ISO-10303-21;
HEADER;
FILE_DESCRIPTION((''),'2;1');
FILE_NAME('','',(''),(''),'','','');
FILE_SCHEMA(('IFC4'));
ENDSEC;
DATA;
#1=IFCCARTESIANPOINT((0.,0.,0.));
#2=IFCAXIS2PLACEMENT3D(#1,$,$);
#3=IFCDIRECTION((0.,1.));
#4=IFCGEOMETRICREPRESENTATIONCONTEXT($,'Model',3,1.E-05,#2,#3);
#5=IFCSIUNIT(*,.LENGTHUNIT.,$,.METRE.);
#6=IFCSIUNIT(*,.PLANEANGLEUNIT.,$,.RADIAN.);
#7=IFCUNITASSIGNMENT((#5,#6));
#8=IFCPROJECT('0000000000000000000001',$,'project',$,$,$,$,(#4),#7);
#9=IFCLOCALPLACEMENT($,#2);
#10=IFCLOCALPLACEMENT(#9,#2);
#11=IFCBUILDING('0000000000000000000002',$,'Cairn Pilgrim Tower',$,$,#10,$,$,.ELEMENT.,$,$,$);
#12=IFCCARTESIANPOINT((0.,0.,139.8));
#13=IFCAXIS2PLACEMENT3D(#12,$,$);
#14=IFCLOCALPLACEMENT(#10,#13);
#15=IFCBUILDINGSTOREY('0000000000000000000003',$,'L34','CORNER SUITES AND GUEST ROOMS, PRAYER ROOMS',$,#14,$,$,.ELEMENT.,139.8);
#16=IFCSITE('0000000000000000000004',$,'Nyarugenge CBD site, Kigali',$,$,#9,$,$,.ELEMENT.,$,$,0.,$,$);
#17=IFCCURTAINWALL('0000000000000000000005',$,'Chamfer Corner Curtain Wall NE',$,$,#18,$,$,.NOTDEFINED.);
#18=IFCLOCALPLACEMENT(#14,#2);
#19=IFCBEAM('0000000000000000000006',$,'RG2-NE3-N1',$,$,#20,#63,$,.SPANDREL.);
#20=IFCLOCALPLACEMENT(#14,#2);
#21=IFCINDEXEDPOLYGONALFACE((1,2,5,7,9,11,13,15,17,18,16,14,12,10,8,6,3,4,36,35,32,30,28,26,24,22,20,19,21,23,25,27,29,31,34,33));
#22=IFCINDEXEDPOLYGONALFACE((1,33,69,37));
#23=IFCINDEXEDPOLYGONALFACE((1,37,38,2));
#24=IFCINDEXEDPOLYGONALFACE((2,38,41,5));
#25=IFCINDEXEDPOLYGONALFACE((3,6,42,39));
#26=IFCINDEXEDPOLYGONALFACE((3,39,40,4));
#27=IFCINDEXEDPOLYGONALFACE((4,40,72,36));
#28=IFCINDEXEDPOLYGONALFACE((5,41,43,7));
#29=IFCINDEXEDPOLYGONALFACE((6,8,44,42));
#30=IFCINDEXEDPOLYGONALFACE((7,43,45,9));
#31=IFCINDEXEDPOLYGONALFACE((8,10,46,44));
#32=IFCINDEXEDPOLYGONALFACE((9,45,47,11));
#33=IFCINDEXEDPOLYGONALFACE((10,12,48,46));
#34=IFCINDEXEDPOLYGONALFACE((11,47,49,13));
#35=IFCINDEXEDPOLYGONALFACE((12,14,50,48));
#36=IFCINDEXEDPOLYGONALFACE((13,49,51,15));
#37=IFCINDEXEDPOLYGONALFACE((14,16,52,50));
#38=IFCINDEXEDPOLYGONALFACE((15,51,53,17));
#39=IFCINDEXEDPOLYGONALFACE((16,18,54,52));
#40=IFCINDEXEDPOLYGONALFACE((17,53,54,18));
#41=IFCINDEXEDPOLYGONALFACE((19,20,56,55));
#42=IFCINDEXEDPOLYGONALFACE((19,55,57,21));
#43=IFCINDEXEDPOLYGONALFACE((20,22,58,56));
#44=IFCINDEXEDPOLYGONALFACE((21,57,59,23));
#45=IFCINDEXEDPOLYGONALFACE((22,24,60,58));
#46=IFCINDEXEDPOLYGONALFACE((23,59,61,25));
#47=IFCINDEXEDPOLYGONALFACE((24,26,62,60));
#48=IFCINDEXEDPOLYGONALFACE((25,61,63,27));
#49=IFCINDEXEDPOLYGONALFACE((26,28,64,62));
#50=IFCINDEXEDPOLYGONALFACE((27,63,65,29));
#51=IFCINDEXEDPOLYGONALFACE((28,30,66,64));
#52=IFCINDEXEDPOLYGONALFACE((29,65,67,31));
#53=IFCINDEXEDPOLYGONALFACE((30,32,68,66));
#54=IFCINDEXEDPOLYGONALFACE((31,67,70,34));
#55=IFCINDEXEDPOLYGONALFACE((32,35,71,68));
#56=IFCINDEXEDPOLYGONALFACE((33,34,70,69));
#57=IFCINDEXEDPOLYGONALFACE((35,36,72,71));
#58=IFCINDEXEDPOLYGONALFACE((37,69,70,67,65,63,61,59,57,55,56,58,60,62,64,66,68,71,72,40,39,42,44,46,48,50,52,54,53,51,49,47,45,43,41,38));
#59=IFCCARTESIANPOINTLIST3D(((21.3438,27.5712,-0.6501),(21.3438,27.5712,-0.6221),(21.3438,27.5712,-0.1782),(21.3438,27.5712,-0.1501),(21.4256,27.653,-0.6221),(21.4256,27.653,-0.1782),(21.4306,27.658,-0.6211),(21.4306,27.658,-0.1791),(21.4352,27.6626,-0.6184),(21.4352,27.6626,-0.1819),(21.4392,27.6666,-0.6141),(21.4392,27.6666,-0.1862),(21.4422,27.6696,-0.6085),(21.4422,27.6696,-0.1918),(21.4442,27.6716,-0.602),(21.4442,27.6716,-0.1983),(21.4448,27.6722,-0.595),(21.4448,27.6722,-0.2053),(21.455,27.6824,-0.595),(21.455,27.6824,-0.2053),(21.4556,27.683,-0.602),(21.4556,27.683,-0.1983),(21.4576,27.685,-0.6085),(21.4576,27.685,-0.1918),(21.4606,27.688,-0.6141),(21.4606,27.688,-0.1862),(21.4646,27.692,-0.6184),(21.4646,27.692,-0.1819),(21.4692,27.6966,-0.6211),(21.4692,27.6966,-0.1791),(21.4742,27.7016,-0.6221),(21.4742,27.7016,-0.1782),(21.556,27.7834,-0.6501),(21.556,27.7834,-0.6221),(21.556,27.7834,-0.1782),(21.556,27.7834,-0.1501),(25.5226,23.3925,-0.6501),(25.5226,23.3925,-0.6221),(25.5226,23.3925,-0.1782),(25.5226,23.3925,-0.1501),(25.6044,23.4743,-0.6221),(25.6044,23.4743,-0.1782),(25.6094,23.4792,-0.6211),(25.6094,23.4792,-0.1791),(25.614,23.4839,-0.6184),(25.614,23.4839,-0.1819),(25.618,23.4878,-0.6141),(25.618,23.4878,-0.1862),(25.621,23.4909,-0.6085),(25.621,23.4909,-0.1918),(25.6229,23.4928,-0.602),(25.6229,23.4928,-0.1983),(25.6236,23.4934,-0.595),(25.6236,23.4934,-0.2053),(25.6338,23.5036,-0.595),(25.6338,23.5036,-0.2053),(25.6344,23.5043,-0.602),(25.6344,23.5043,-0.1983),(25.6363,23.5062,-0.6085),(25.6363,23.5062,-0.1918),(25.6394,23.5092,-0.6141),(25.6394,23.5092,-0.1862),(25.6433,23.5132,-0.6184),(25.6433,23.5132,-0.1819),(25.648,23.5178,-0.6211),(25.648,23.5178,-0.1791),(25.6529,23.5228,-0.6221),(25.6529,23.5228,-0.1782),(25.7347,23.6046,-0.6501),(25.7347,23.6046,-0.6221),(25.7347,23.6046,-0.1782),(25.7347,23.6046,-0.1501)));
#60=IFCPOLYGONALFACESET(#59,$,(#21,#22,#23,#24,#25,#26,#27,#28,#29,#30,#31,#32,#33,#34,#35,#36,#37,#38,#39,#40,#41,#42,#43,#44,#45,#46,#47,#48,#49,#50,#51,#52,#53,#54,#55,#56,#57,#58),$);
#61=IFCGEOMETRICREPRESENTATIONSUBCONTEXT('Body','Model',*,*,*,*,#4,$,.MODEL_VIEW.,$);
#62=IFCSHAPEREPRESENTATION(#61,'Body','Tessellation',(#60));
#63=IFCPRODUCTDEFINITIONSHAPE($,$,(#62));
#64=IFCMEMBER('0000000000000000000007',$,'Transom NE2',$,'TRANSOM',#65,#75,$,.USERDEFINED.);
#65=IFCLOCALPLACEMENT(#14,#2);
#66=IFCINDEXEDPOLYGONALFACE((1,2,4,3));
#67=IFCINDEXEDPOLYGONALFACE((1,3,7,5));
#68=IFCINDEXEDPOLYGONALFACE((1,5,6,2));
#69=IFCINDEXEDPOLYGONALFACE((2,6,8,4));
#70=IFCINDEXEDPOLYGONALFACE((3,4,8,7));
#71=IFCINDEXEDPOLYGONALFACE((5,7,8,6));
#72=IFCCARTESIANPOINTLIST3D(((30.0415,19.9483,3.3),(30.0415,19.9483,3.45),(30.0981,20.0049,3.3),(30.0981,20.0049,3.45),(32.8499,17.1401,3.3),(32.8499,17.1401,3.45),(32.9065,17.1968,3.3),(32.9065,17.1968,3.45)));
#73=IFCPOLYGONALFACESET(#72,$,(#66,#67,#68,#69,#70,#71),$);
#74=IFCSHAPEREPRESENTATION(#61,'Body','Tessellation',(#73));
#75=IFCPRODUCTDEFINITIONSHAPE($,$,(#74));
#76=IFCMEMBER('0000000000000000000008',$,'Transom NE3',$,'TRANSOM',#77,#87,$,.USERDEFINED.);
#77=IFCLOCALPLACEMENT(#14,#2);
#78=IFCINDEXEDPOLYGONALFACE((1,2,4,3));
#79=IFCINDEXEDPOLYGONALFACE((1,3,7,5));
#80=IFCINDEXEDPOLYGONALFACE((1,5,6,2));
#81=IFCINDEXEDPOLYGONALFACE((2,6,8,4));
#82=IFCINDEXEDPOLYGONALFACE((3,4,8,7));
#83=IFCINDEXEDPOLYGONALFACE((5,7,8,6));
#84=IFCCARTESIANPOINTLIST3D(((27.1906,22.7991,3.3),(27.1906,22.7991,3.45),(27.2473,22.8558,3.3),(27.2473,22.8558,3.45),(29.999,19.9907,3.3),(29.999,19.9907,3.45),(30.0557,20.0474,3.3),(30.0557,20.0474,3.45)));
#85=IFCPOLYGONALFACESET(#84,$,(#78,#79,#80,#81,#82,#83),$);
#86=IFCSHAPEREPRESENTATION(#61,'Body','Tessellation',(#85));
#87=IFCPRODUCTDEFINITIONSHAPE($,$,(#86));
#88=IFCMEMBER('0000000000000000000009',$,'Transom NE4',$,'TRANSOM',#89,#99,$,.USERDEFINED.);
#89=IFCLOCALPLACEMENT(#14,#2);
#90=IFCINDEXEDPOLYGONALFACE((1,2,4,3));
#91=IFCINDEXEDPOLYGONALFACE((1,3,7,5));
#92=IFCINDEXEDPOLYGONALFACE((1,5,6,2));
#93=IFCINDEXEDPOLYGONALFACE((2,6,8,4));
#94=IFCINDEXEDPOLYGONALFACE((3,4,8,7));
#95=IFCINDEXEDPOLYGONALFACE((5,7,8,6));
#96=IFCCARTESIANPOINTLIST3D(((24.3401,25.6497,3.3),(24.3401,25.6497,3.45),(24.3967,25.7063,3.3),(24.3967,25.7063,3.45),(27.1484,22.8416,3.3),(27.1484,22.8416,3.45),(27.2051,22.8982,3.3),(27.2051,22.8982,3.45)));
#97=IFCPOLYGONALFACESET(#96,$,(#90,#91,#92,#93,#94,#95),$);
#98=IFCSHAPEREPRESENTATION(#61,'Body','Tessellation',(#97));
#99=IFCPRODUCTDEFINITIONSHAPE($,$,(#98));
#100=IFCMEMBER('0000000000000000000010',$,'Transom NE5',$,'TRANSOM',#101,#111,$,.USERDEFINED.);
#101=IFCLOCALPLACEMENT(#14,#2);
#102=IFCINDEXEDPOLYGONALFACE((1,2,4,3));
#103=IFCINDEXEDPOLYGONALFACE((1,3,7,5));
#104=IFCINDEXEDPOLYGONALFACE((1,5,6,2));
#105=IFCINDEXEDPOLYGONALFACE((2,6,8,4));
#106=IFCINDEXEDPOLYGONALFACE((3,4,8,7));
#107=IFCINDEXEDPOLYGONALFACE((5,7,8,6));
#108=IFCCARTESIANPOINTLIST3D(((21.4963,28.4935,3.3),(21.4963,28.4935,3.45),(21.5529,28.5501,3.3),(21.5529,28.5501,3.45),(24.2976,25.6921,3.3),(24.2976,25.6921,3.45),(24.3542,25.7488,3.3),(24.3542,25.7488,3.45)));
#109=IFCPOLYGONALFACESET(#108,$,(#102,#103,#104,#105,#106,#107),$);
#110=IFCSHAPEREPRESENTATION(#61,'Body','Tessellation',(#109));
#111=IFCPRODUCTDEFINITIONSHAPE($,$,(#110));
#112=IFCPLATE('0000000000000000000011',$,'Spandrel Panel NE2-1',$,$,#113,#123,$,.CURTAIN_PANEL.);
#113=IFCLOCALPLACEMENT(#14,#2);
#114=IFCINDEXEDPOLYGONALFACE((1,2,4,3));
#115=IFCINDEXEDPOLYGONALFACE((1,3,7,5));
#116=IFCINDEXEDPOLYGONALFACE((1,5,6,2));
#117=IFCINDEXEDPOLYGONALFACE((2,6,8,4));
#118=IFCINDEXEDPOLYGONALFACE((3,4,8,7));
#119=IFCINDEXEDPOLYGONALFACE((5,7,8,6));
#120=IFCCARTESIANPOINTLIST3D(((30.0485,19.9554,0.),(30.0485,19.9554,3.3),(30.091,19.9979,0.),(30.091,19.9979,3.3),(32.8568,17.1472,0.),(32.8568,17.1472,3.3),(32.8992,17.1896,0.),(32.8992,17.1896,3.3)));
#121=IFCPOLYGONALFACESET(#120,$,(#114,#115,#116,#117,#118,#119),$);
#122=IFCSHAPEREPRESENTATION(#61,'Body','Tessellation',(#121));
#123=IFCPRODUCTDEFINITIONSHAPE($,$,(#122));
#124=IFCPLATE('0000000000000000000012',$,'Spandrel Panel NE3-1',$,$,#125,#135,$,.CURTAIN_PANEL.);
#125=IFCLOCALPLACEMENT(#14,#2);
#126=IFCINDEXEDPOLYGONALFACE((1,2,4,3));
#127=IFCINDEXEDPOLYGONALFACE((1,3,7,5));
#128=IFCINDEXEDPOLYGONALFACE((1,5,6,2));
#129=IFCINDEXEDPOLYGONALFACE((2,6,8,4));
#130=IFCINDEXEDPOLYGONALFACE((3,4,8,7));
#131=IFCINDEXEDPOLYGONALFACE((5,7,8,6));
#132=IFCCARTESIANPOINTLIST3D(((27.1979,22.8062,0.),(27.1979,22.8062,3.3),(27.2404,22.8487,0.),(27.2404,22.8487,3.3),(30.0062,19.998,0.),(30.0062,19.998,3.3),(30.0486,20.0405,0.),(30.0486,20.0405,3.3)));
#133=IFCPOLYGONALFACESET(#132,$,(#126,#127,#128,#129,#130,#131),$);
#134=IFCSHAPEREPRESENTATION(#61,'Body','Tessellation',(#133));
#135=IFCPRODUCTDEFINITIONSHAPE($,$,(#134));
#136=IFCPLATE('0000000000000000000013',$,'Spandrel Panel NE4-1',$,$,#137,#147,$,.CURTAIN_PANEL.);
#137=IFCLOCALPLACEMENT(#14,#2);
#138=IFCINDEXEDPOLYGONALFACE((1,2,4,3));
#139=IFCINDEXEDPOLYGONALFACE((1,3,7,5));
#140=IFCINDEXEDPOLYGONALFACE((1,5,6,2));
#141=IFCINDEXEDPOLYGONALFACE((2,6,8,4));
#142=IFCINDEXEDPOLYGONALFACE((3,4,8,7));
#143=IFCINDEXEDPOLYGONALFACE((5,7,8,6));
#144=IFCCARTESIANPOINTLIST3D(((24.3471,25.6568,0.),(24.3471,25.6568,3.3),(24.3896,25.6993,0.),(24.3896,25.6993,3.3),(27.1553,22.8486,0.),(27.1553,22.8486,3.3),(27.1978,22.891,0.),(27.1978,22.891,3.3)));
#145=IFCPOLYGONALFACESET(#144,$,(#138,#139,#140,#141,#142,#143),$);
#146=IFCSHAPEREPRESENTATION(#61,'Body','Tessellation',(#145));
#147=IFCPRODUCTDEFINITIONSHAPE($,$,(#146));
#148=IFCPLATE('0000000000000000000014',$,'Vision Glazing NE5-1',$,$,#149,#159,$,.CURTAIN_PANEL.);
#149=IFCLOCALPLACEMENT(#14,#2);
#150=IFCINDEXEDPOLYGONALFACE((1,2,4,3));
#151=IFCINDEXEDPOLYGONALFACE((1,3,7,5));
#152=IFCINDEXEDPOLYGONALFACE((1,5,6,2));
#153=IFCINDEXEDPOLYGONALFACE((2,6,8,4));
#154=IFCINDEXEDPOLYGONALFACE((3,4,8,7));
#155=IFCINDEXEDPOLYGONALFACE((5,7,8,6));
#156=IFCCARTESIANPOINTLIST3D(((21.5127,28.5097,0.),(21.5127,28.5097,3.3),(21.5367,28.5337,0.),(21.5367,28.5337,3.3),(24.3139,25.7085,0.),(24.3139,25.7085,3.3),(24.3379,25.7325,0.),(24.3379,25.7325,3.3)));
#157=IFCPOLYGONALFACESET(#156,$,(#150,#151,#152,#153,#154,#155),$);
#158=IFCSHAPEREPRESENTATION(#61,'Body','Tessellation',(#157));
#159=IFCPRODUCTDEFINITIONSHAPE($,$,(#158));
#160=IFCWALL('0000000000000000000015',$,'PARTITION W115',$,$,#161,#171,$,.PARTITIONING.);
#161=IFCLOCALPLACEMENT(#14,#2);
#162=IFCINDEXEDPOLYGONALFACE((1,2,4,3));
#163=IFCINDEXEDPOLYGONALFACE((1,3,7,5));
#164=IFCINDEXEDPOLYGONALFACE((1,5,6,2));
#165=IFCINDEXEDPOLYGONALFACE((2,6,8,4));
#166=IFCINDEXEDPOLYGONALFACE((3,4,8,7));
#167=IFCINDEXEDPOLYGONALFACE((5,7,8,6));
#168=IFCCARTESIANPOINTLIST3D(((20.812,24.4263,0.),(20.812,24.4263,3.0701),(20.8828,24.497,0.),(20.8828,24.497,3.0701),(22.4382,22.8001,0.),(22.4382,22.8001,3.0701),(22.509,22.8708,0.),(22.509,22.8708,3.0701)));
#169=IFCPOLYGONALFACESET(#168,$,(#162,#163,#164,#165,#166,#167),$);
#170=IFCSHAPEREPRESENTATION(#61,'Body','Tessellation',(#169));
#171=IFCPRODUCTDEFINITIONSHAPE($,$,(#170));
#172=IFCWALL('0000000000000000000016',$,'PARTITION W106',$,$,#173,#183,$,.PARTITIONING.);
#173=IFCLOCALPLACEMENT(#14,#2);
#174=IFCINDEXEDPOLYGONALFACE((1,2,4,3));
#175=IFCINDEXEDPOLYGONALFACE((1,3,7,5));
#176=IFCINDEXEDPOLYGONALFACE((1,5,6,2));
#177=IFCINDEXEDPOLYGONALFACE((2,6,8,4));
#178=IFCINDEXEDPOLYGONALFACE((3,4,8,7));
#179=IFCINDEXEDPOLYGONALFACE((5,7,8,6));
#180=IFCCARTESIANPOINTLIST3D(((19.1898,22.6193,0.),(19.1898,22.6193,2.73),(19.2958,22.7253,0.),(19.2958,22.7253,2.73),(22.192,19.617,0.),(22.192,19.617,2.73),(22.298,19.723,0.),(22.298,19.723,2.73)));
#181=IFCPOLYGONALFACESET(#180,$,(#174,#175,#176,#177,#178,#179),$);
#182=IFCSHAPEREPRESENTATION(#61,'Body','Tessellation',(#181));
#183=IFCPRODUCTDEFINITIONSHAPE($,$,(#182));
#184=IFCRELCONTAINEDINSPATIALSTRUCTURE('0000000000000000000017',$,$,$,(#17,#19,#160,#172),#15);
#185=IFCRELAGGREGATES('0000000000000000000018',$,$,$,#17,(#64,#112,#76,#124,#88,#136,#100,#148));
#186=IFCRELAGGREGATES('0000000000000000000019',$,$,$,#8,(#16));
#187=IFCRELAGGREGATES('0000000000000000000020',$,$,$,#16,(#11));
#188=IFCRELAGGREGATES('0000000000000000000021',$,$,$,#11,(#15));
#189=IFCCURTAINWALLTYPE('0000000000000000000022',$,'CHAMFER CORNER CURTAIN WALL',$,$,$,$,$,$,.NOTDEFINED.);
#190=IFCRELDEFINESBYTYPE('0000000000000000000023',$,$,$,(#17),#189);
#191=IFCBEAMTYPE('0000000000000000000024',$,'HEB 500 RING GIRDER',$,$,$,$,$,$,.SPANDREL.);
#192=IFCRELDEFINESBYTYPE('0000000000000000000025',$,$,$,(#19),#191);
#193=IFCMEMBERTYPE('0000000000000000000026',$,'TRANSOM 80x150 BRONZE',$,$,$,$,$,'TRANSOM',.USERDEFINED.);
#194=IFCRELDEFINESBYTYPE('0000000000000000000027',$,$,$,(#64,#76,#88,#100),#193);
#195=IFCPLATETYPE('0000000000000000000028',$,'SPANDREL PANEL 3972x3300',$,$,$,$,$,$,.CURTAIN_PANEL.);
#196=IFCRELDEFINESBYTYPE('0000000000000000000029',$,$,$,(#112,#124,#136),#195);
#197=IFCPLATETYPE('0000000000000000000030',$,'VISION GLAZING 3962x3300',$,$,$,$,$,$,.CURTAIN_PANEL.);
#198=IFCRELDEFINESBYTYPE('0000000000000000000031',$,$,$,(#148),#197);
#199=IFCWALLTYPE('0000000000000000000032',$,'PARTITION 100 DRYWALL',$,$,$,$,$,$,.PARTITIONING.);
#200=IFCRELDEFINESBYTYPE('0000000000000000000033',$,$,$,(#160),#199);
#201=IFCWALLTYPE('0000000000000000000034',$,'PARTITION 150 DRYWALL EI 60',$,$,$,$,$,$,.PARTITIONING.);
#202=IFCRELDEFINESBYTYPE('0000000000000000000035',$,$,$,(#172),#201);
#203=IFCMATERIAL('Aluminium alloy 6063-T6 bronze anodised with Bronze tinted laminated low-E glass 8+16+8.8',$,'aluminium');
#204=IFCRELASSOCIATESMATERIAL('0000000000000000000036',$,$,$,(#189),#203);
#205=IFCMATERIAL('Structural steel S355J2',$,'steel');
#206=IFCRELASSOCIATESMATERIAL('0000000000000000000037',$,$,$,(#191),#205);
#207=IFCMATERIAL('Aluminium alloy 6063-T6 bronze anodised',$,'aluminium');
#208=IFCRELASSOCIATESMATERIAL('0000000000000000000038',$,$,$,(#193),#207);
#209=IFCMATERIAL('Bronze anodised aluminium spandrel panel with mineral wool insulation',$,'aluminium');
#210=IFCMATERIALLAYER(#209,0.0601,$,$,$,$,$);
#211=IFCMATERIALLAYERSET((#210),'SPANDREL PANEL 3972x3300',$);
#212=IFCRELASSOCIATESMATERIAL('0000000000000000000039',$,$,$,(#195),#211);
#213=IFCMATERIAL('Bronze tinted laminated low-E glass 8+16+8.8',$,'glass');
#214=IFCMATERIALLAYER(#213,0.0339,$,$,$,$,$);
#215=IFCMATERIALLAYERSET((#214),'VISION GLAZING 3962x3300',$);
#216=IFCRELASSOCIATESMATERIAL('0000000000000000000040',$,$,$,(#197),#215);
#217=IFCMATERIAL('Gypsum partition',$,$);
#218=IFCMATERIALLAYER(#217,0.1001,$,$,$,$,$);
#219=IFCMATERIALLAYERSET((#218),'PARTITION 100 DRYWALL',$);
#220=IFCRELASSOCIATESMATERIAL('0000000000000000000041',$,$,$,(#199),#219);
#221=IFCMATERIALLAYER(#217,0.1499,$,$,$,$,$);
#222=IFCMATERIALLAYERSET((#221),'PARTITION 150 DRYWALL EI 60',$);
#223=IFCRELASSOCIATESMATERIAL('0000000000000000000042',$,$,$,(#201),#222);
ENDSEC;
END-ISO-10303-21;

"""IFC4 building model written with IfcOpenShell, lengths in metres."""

from ifc_helpers import new_model, si_unit, direction, frame, frame_2d, origin, origin_2d, place, context, subcontext, project, spatial, rectangle, i_section, extrude, material, layer, layer_set, material_profile, profile_set, type_object, element, aggregate, save


model = new_model("IFC4")

# Units and contexts
model_context = context("Model", 3, precision=1e-05, world=origin(), true_north=direction((0.0, 1.0)))
body_context = subcontext(model_context, "Body", "Model", "MODEL_VIEW")
ifc_project = project(units=[si_unit("LENGTHUNIT", "METRE"), si_unit("PLANEANGLEUNIT", "RADIAN")], contexts=[model_context])

# Site, building, storey
site_placement = place(None, origin())
site = spatial("IfcSite", under=ifc_project, at=site_placement, Name="Nyarugenge CBD site, Kigali", CompositionType="ELEMENT", RefElevation=0.0)
building_placement = place(site_placement, origin())
building = spatial("IfcBuilding", under=site, at=building_placement, Name="Cairn Pilgrim Tower", CompositionType="ELEMENT")
storey_placement = place(building_placement, frame((0.0, 0.0, 139.8)))
storey = spatial("IfcBuildingStorey", under=building, at=storey_placement, Name="L34", Description="CORNER SUITES AND GUEST ROOMS, PRAYER ROOMS", CompositionType="ELEMENT", Elevation=139.8)

# Shared definitions
ifc_material_1 = material(Name="Structural steel S355J2", Category="steel")

# Curtain wall
ifc_material_2 = material(Name="Aluminium alloy 6063-T6 bronze anodised with Bronze tinted laminated low-E glass 8+16+8.8", Category="aluminium")
curtain_wall_type_1 = type_object("IfcCurtainWallType", Name="CHAMFER CORNER CURTAIN WALL", PredefinedType="NOTDEFINED", material=ifc_material_2)
curtain_wall_1_placement = place(storey_placement, origin())
curtain_wall_1 = element("IfcCurtainWall", 1, at=curtain_wall_1_placement, inside=storey, type_object=curtain_wall_type_1, Name="Chamfer Corner Curtain Wall NE", PredefinedType="NOTDEFINED")
ifc_material_3 = material(Name="Aluminium alloy 6063-T6 bronze anodised", Category="aluminium")

# Beam
ifc_material_profile_1 = material_profile(ifc_material_1, i_section(OverallWidth=0.3, OverallDepth=0.5, WebThickness=0.0144, FlangeThickness=0.0281, FilletRadius=0.0271, at=origin_2d()), Name="HEB 500")
ifc_profile_set_1 = profile_set([ifc_material_profile_1], Name="Structural steel S355J2")
beam_type_1 = type_object("IfcBeamType", Name="HEB 500 RING GIRDER", PredefinedType="SPANDREL", material=ifc_profile_set_1)
beam_placement = place(storey_placement, frame((25.6287, 23.4985, -0.4001), z_axis=(-0.707107, 0.707107, 0.0), x_axis=(-0.707107, -0.707107, 0.0)))
element("IfcBeam", 2, at=beam_placement, inside=storey, type_object=beam_type_1, Name="RG2-NE3-N1", PredefinedType="SPANDREL", context=body_context, shape_type="SweptSolid", body=[
    extrude(i_section(OverallWidth=0.3, OverallDepth=0.5, WebThickness=0.0144, FlangeThickness=0.0281, FilletRadius=0.0271, at=origin_2d()), origin(), (0.0, 0.0, 1.0), 5.9097),
])

# Members
ifc_material_profile_2 = material_profile(ifc_material_3, rectangle(XDim=0.0801, YDim=0.1499, at=origin_2d()), Name="TRANSOM 80x150 BRONZE")
ifc_profile_set_2 = profile_set([ifc_material_profile_2], Name="Aluminium alloy 6063-T6 bronze anodised")
member_type_1 = type_object("IfcMemberType", Name="TRANSOM 80x150 BRONZE", ElementType="TRANSOM", PredefinedType="USERDEFINED", material=ifc_profile_set_2)
member_1_placement = place(storey_placement, frame((32.8782, 17.1685, 3.375), z_axis=(-0.707138, 0.707076, 0.0), x_axis=(-0.707076, -0.707138, 0.0)))
member_1 = element("IfcMember", 3, at=member_1_placement, type_object=member_type_1, Name="Transom NE2", ObjectType="TRANSOM", PredefinedType="USERDEFINED", context=body_context, shape_type="SweptSolid", body=[
    extrude(rectangle(XDim=0.0801, YDim=0.1499, at=origin_2d()), origin(), (0.0, 0.0, 1.0), 3.9714),
])
member_2_placement = place(storey_placement, frame((30.0273, 20.019, 3.375), z_axis=(-0.707107, 0.707107, 0.0), x_axis=(-0.707107, -0.707107, 0.0)))
member_2 = element("IfcMember", 4, at=member_2_placement, type_object=member_type_1, Name="Transom NE3", ObjectType="TRANSOM", PredefinedType="USERDEFINED", context=body_context, shape_type="SweptSolid", body=[
    extrude(rectangle(XDim=0.0801, YDim=0.1499, at=origin_2d()), origin(), (0.0, 0.0, 1.0), 3.9717),
])
member_3_placement = place(storey_placement, frame((27.1768, 22.8699, 3.375), z_axis=(-0.707138, 0.707076, 0.0), x_axis=(-0.707076, -0.707138, 0.0)))
member_3 = element("IfcMember", 5, at=member_3_placement, type_object=member_type_1, Name="Transom NE4", ObjectType="TRANSOM", PredefinedType="USERDEFINED", context=body_context, shape_type="SweptSolid", body=[
    extrude(rectangle(XDim=0.0801, YDim=0.1499, at=origin_2d()), origin(), (0.0, 0.0, 1.0), 3.9714),
])
member_4_placement = place(storey_placement, frame((24.3259, 25.7205, 3.375), z_axis=(-0.707107, 0.707107, 0.0), x_axis=(-0.707107, -0.707107, 0.0)))
member_4 = element("IfcMember", 6, at=member_4_placement, type_object=member_type_1, Name="Transom NE5", ObjectType="TRANSOM", PredefinedType="USERDEFINED", context=body_context, shape_type="SweptSolid", body=[
    extrude(rectangle(XDim=0.0801, YDim=0.1499, at=origin_2d()), origin(), (0.0, 0.0, 1.0), 3.9617),
])

# Plates
ifc_material_4 = material(Name="Bronze anodised aluminium spandrel panel with mineral wool insulation", Category="aluminium")
ifc_layer_1 = layer(ifc_material_4, 0.0601)
ifc_layer_set_1 = layer_set([ifc_layer_1], Name="SPANDREL PANEL 3972x3300")
plate_type_1 = type_object("IfcPlateType", Name="SPANDREL PANEL 3972x3300", PredefinedType="CURTAIN_PANEL", material=ifc_layer_set_1)
plate_1_placement = place(storey_placement, frame((31.4739, 18.5725, 0.0), z_axis=(0.0, 0.0, 1.0), x_axis=(-0.707107, 0.707107, 0.0)))
plate_1 = element("IfcPlate", 7, at=plate_1_placement, type_object=plate_type_1, Name="Spandrel Panel NE2-1", PredefinedType="CURTAIN_PANEL", context=body_context, shape_type="SweptSolid", body=[
    extrude(rectangle(XDim=3.9714, YDim=0.0601, at=origin_2d()), origin(), (0.0, 0.0, 1.0), 3.3),
])
plate_2_placement = place(storey_placement, frame((28.6233, 21.4233, 0.0), z_axis=(0.0, 0.0, 1.0), x_axis=(-0.707107, 0.707107, 0.0)))
plate_2 = element("IfcPlate", 8, at=plate_2_placement, type_object=plate_type_1, Name="Spandrel Panel NE3-1", PredefinedType="CURTAIN_PANEL", context=body_context, shape_type="SweptSolid", body=[
    extrude(rectangle(XDim=3.9714, YDim=0.0601, at=origin_2d()), origin(), (0.0, 0.0, 1.0), 3.3),
])
plate_3_placement = place(storey_placement, frame((25.7725, 24.2739, 0.0), z_axis=(0.0, 0.0, 1.0), x_axis=(-0.707107, 0.707107, 0.0)))
plate_3 = element("IfcPlate", 9, at=plate_3_placement, type_object=plate_type_1, Name="Spandrel Panel NE4-1", PredefinedType="CURTAIN_PANEL", context=body_context, shape_type="SweptSolid", body=[
    extrude(rectangle(XDim=3.9714, YDim=0.0601, at=origin_2d()), origin(), (0.0, 0.0, 1.0), 3.3),
])
ifc_material_5 = material(Name="Bronze tinted laminated low-E glass 8+16+8.8", Category="glass")
ifc_layer_2 = layer(ifc_material_5, 0.0339)
ifc_layer_set_2 = layer_set([ifc_layer_2], Name="VISION GLAZING 3962x3300")
plate_type_2 = type_object("IfcPlateType", Name="VISION GLAZING 3962x3300", PredefinedType="CURTAIN_PANEL", material=ifc_layer_set_2)
plate_4_placement = place(storey_placement, frame((22.9253, 27.1211, 0.0), z_axis=(0.0, 0.0, 1.0), x_axis=(-0.707107, 0.707107, 0.0)))
plate_4 = element("IfcPlate", 10, at=plate_4_placement, type_object=plate_type_2, Name="Vision Glazing NE5-1", PredefinedType="CURTAIN_PANEL", context=body_context, shape_type="SweptSolid", body=[
    extrude(rectangle(XDim=3.9614, YDim=0.0339, at=origin_2d()), origin(), (0.0, 0.0, 1.0), 3.3),
])
aggregate(curtain_wall_1, [member_1, plate_1, member_2, plate_2, member_3, plate_3, member_4, plate_4])

# Walls
ifc_material_6 = material(Name="Gypsum partition")
ifc_layer_3 = layer(ifc_material_6, 0.1001)
ifc_layer_set_3 = layer_set([ifc_layer_3], Name="PARTITION 100 DRYWALL")
wall_type_1 = type_object("IfcWallType", Name="PARTITION 100 DRYWALL", PredefinedType="PARTITIONING", material=ifc_layer_set_3)
wall_1_placement = place(storey_placement, frame((22.4736, 22.8354, 0.0), z_axis=(0.0, 0.0, 1.0), x_axis=(-0.707107, 0.707107, 0.0)))
element("IfcWall", 11, at=wall_1_placement, inside=storey, type_object=wall_type_1, Name="PARTITION W115", PredefinedType="PARTITIONING", context=body_context, shape_type="SweptSolid", body=[
    extrude(rectangle(XDim=2.2998, YDim=0.1001, at=frame_2d((1.1499, 0.0))), origin(), (0.0, 0.0, 1.0), 3.0701),
])
ifc_layer_4 = layer(ifc_material_6, 0.1499)
ifc_layer_set_4 = layer_set([ifc_layer_4], Name="PARTITION 150 DRYWALL EI 60")
wall_type_2 = type_object("IfcWallType", Name="PARTITION 150 DRYWALL EI 60", PredefinedType="PARTITIONING", material=ifc_layer_set_4)
wall_2_placement = place(storey_placement, frame((22.2451, 19.6699, 0.0), z_axis=(0.0, 0.0, 1.0), x_axis=(-0.707107, 0.707107, 0.0)))
element("IfcWall", 12, at=wall_2_placement, inside=storey, type_object=wall_type_2, Name="PARTITION W106", PredefinedType="PARTITIONING", context=body_context, shape_type="SweptSolid", body=[
    extrude(rectangle(XDim=4.2458, YDim=0.1499, at=frame_2d((2.123, 0.0))), origin(), (0.0, 0.0, 1.0), 2.73),
])

save(model, "model.ifc")
